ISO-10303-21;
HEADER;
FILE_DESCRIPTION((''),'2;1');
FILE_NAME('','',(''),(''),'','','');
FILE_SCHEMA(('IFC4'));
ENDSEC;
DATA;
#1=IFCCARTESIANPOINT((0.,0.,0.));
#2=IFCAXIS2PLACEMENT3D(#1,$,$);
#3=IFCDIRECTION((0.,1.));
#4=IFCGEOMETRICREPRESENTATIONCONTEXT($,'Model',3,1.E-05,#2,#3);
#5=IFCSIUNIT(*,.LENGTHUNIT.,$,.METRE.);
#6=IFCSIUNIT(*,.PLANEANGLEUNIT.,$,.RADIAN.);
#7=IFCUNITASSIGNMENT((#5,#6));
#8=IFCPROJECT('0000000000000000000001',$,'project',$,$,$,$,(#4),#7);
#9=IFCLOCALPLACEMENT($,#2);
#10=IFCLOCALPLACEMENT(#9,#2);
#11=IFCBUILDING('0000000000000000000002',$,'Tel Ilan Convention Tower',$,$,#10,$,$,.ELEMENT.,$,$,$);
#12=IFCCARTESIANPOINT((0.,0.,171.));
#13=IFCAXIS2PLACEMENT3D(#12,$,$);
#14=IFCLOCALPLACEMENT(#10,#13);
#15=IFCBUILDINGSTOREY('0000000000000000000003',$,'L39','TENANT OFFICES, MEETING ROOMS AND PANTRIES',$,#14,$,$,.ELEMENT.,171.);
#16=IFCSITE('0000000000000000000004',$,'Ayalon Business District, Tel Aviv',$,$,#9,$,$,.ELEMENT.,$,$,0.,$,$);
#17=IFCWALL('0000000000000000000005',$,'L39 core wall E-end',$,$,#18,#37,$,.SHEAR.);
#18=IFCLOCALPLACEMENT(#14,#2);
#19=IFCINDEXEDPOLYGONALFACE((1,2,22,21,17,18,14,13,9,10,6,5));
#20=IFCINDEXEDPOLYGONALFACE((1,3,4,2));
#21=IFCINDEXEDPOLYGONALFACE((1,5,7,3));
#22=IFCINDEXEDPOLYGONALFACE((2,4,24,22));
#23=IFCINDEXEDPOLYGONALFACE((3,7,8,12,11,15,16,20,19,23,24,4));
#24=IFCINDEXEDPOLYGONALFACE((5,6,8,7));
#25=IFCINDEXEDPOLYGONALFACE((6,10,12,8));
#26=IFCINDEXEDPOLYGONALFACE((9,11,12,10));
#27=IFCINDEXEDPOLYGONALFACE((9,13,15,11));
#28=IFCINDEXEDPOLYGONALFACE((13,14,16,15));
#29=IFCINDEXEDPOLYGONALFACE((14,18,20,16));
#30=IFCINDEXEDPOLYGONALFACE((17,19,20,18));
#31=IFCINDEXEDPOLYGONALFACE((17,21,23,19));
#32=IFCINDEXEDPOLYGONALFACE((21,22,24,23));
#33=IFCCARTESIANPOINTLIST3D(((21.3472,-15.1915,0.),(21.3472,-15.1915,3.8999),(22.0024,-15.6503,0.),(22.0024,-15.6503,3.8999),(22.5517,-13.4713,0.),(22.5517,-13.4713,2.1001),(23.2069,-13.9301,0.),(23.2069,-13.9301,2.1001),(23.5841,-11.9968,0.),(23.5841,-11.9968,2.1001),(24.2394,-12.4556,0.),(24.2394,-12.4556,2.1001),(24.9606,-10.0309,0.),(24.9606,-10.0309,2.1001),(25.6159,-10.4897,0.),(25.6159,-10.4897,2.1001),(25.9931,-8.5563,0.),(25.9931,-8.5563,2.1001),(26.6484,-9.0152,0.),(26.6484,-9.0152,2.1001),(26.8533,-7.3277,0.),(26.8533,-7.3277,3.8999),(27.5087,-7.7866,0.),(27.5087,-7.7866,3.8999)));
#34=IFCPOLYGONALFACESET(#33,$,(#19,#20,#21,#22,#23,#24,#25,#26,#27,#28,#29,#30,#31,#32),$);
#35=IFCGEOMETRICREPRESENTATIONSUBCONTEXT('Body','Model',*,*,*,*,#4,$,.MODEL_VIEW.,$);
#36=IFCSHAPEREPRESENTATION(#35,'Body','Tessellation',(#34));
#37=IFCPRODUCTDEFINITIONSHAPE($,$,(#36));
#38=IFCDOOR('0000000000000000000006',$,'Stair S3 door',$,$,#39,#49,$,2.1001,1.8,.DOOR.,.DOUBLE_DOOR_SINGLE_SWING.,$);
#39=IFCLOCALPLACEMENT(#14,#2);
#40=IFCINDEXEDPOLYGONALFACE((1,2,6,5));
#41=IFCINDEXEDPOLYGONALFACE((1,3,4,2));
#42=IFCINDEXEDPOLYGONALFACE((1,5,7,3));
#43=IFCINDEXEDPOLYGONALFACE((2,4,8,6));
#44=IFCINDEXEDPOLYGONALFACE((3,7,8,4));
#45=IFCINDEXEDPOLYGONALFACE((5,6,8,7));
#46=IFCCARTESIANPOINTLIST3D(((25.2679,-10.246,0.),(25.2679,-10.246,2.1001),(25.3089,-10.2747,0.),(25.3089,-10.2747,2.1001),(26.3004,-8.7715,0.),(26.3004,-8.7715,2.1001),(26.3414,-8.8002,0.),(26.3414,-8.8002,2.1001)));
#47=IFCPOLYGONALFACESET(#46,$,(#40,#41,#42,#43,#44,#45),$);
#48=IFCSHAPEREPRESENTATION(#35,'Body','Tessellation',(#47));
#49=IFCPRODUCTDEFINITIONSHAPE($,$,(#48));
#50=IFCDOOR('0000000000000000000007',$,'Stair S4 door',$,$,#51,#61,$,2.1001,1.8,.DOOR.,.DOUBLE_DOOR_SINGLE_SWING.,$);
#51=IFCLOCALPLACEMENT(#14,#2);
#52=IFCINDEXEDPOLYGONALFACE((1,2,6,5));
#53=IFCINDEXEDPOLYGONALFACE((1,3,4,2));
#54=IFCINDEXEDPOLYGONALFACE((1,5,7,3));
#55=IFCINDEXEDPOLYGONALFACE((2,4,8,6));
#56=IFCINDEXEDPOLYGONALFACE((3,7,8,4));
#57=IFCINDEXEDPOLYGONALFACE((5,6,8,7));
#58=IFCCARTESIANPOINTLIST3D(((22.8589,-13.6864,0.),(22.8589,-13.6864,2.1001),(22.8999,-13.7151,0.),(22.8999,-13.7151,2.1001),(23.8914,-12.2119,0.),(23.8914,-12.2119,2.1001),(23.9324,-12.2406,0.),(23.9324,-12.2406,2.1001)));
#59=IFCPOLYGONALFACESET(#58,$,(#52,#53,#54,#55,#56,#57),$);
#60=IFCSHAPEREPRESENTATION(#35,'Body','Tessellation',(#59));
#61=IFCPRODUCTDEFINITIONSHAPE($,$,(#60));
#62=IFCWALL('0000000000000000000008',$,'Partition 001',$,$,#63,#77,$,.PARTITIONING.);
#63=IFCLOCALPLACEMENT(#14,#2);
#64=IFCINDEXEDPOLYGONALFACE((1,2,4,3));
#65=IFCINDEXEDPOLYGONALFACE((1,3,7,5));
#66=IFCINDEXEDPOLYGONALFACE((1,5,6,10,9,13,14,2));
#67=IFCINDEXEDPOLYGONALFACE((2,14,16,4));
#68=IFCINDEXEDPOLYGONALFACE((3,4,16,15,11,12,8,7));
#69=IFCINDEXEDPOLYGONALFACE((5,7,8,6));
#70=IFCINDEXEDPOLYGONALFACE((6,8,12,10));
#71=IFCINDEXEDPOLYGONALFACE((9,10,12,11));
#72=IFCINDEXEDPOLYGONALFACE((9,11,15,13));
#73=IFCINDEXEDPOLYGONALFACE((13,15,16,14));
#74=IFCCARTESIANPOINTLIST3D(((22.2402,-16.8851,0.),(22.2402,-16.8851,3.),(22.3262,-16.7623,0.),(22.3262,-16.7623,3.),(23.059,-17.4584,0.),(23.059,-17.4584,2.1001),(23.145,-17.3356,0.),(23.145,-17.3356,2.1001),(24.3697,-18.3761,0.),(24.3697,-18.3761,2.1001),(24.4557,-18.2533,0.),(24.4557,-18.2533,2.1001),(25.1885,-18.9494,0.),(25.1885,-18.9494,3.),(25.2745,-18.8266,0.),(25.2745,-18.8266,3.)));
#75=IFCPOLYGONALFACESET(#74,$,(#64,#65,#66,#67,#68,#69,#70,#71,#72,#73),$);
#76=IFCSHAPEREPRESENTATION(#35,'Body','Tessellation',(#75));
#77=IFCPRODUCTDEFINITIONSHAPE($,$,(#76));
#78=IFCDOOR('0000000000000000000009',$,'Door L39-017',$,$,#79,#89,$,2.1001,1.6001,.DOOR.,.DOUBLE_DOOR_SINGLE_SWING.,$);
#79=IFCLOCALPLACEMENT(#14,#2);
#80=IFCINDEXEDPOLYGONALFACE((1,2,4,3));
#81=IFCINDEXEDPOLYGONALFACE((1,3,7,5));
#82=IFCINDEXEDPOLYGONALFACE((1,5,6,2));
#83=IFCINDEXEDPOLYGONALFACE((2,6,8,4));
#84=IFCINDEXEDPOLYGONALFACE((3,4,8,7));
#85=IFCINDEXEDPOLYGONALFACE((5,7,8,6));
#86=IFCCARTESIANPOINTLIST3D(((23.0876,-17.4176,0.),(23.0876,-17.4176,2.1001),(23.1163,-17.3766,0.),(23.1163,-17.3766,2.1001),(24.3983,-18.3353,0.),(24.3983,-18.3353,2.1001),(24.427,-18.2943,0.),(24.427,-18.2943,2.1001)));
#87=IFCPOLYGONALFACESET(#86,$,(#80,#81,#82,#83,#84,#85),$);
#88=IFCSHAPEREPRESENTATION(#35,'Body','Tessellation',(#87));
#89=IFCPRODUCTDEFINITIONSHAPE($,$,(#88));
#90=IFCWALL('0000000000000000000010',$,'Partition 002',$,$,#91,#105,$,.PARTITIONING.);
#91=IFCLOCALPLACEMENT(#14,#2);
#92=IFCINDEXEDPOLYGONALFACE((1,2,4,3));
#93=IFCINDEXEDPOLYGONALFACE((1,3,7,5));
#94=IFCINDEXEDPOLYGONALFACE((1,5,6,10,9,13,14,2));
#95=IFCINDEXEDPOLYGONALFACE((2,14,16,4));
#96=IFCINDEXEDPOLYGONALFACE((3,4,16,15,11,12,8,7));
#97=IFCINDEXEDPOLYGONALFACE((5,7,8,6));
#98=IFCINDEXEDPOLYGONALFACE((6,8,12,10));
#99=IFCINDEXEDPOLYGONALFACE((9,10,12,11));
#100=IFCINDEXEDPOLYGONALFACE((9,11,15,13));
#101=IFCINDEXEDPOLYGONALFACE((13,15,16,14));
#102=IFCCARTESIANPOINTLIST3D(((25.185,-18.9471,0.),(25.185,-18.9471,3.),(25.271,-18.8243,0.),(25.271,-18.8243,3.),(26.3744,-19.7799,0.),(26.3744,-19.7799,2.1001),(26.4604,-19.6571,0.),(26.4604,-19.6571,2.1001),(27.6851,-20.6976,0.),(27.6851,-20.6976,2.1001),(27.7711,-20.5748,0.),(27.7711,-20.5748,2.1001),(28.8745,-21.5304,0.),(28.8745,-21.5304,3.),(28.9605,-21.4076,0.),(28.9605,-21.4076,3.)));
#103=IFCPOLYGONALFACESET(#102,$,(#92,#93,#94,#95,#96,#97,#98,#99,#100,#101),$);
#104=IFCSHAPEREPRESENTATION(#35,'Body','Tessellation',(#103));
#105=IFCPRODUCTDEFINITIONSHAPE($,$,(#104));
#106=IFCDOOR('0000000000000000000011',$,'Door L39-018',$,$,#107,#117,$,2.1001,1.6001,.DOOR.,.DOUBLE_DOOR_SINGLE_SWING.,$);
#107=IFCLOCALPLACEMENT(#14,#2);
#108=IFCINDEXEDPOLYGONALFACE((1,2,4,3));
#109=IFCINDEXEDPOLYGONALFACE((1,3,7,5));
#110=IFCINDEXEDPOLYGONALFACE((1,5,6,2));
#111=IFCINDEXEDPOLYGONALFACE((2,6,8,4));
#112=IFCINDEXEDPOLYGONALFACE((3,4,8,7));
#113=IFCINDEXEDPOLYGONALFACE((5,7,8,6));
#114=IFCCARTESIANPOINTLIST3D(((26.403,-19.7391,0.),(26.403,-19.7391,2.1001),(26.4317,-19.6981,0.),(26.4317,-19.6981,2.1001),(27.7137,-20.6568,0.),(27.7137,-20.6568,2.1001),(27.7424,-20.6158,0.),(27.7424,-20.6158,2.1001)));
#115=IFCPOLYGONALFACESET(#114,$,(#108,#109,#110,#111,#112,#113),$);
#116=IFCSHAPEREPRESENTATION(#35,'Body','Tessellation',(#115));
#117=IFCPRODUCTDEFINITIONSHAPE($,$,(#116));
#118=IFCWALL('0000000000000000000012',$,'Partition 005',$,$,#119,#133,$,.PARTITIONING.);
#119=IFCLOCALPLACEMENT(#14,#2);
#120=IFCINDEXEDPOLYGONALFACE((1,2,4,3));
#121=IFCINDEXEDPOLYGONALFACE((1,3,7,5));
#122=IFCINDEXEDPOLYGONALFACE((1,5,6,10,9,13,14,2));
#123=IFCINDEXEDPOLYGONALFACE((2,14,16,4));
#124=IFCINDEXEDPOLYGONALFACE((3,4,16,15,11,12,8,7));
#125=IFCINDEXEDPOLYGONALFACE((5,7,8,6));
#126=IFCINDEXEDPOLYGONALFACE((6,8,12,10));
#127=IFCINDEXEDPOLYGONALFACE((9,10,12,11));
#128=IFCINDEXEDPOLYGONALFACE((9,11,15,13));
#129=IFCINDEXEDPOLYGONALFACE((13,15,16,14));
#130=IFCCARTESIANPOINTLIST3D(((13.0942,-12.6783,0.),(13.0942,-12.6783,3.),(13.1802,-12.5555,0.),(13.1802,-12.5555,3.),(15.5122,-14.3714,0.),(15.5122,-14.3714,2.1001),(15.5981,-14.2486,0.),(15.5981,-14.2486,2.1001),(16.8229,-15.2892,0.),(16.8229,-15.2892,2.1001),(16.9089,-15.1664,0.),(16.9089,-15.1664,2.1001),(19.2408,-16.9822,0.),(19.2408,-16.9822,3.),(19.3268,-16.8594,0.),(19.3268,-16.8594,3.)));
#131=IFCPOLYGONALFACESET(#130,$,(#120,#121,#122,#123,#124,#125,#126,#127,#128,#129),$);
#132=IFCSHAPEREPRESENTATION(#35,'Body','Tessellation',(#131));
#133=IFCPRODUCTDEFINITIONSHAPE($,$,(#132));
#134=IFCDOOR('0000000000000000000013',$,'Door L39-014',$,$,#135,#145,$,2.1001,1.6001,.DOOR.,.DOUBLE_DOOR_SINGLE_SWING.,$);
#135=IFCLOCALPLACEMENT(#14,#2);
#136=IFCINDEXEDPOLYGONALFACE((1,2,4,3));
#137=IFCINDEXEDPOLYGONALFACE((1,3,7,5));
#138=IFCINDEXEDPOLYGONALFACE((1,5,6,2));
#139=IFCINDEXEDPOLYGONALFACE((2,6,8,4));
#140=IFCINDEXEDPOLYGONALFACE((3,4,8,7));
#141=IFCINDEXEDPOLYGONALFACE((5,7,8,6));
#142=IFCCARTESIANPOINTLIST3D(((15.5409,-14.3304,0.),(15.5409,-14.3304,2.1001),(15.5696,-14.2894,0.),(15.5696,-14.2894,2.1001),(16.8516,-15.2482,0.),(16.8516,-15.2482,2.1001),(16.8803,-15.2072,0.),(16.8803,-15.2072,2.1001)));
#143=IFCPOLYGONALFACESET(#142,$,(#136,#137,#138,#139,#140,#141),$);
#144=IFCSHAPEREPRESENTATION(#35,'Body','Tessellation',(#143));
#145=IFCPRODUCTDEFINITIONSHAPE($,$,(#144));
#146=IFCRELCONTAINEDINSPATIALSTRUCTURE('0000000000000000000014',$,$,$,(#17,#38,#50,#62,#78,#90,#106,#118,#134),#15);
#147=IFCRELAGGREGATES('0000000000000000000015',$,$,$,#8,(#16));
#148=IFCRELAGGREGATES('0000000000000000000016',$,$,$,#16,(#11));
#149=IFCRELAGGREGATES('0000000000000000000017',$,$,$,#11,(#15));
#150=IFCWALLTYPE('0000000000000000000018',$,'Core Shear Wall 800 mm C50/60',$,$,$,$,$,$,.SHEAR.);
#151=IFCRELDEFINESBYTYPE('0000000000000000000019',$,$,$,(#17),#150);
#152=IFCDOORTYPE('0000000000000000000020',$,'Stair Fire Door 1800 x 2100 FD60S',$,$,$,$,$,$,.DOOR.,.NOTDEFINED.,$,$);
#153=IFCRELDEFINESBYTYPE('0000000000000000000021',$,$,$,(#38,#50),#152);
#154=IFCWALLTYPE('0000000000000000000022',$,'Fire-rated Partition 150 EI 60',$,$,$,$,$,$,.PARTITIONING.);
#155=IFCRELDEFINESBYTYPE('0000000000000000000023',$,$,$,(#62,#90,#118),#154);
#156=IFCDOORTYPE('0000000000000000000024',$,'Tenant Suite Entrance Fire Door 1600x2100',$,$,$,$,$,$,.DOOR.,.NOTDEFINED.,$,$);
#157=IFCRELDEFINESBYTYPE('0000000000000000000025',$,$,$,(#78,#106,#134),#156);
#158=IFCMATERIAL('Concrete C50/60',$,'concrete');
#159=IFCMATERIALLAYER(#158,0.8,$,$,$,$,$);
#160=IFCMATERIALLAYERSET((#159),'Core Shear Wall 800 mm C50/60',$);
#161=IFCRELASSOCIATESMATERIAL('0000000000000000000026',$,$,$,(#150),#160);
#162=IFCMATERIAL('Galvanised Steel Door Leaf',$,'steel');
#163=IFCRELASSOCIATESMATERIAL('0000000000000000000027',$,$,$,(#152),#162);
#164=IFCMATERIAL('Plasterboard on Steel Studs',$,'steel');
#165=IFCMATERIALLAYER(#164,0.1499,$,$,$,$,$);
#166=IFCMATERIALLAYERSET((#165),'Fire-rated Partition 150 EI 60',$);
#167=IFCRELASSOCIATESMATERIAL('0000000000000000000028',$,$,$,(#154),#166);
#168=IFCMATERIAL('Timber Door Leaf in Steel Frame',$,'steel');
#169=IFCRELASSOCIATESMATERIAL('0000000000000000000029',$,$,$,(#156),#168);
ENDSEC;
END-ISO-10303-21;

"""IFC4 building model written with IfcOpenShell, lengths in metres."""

from ifc_helpers import new_model, si_unit, direction, frame, frame_2d, origin, place, context, subcontext, project, spatial, polyline, rectangle, outline, extrude, material, layer, layer_set, type_object, element, fill, save


model = new_model("IFC4")

# Units and contexts
model_context = context("Model", 3, precision=1e-05, world=origin(), true_north=direction((0.0, 1.0)))
body_context = subcontext(model_context, "Body", "Model", "MODEL_VIEW")
ifc_project = project(units=[si_unit("LENGTHUNIT", "METRE"), si_unit("PLANEANGLEUNIT", "RADIAN")], contexts=[model_context])

# Site, building, storey
site_placement = place(None, origin())
site = spatial("IfcSite", under=ifc_project, at=site_placement, Name="Ayalon Business District, Tel Aviv", CompositionType="ELEMENT", RefElevation=0.0)
building_placement = place(site_placement, origin())
building = spatial("IfcBuilding", under=site, at=building_placement, Name="Tel Ilan Convention Tower", CompositionType="ELEMENT")
storey_placement = place(building_placement, frame((0.0, 0.0, 171.0)))
storey = spatial("IfcBuildingStorey", under=building, at=storey_placement, Name="L39", Description="TENANT OFFICES, MEETING ROOMS AND PANTRIES", CompositionType="ELEMENT", Elevation=171.0)

# Wall, openings, doors
ifc_material_1 = material(Name="Concrete C50/60", Category="concrete")
ifc_layer_1 = layer(ifc_material_1, 0.8)
ifc_layer_set_1 = layer_set([ifc_layer_1], Name="Core Shear Wall 800 mm C50/60")
wall_type_1 = type_object("IfcWallType", Name="Core Shear Wall 800 mm C50/60", PredefinedType="SHEAR", material=ifc_layer_set_1)
wall_1_placement = place(storey_placement, frame((21.6748, -15.4209, 0.0), z_axis=(0.0, 0.0, 1.0), x_axis=(0.573582, 0.819148, 0.0)))
wall_1 = element("IfcWall", 1, at=wall_1_placement, inside=storey, type_object=wall_type_1, Name="L39 core wall E-end", PredefinedType="SHEAR", context=body_context, shape_type="SweptSolid", body=[
    extrude(outline(polyline([(9.5999, 0.4001), (0.0, 0.3999), (0.0, -0.3999), (9.5999, -0.3999), (9.5999, 0.4001)])), origin(), (0.0, 0.0, 1.0), 3.8999),
])
opening_1_placement = place(wall_1_placement, frame((6.3, 0.0, 0.0)))
opening_1 = element("IfcOpeningElement", 2, at=opening_1_placement, cuts=wall_1, PredefinedType="OPENING", context=body_context, shape_type="SweptSolid", body=[
    extrude(rectangle(XDim=1.8, YDim=2.1001, at=frame_2d((0.8999, 1.05))), frame((0.0, 0.4099, 0.0), z_axis=(0.0, -1.0, 0.0), x_axis=(1.0, 0.0, 0.0)), (0.0, 0.0, 1.0), 0.8201),
])
opening_2_placement = place(wall_1_placement, frame((2.1001, 0.0, 0.0)))
opening_2 = element("IfcOpeningElement", 3, at=opening_2_placement, cuts=wall_1, PredefinedType="OPENING", context=body_context, shape_type="SweptSolid", body=[
    extrude(rectangle(XDim=1.8, YDim=2.1001, at=frame_2d((0.8999, 1.05))), frame((0.0, 0.4099, 0.0), z_axis=(0.0, -1.0, 0.0), x_axis=(1.0, 0.0, 0.0)), (0.0, 0.0, 1.0), 0.8201),
])
ifc_material_2 = material(Name="Galvanised Steel Door Leaf", Category="steel")
door_type_1 = type_object("IfcDoorType", Name="Stair Fire Door 1800 x 2100 FD60S", OperationType="NOTDEFINED", PredefinedType="DOOR", material=ifc_material_2)
door_1_placement = place(opening_1_placement, origin())
door_1 = element("IfcDoor", 4, at=door_1_placement, inside=storey, type_object=door_type_1, Name="Stair S3 door", OperationType="DOUBLE_DOOR_SINGLE_SWING", OverallHeight=2.1001, OverallWidth=1.8, PredefinedType="DOOR", context=body_context, shape_type="SweptSolid", body=[
    extrude(rectangle(XDim=1.8, YDim=2.1001, at=frame_2d((0.8999, 1.05))), frame((0.0, 0.0249, 0.0), z_axis=(0.0, -1.0, 0.0), x_axis=(1.0, 0.0, 0.0)), (0.0, 0.0, 1.0), 0.05),
])
fill(opening_1, door_1)
door_2_placement = place(opening_2_placement, origin())
door_2 = element("IfcDoor", 5, at=door_2_placement, inside=storey, type_object=door_type_1, Name="Stair S4 door", OperationType="DOUBLE_DOOR_SINGLE_SWING", OverallHeight=2.1001, OverallWidth=1.8, PredefinedType="DOOR", context=body_context, shape_type="SweptSolid", body=[
    extrude(rectangle(XDim=1.8, YDim=2.1001, at=frame_2d((0.8999, 1.05))), frame((0.0, 0.0249, 0.0), z_axis=(0.0, -1.0, 0.0), x_axis=(1.0, 0.0, 0.0)), (0.0, 0.0, 1.0), 0.05),
])
fill(opening_2, door_2)

# Walls, openings, doors
ifc_material_3 = material(Name="Plasterboard on Steel Studs", Category="steel")
ifc_layer_2 = layer(ifc_material_3, 0.1499)
ifc_layer_set_2 = layer_set([ifc_layer_2], Name="Fire-rated Partition 150 EI 60")
wall_type_2 = type_object("IfcWallType", Name="Fire-rated Partition 150 EI 60", PredefinedType="PARTITIONING", material=ifc_layer_set_2)
wall_2_placement = place(storey_placement, frame((22.2832, -16.8237, 0.0), z_axis=(0.0, 0.0, 1.0), x_axis=(0.819175, -0.573544, 0.0)))
wall_2 = element("IfcWall", 6, at=wall_2_placement, inside=storey, type_object=wall_type_2, Name="Partition 001", PredefinedType="PARTITIONING", context=body_context, shape_type="SweptSolid", body=[
    extrude(rectangle(XDim=3.5991, YDim=0.1499, at=frame_2d((1.7996, 0.0))), origin(), (0.0, 0.0, 1.0), 3.0),
])
opening_3_placement = place(wall_2_placement, frame((0.9995, 0.0, 0.0)))
opening_3 = element("IfcOpeningElement", 7, at=opening_3_placement, cuts=wall_2, PredefinedType="OPENING", context=body_context, shape_type="SweptSolid", body=[
    extrude(rectangle(XDim=1.6001, YDim=2.1001, at=frame_2d((0.8, 1.05))), frame((0.0, 0.085, 0.0), z_axis=(0.0, -1.0, 0.0), x_axis=(1.0, 0.0, 0.0)), (0.0, 0.0, 1.0), 0.1699),
])
ifc_material_4 = material(Name="Timber Door Leaf in Steel Frame", Category="steel")
door_type_2 = type_object("IfcDoorType", Name="Tenant Suite Entrance Fire Door 1600x2100", OperationType="NOTDEFINED", PredefinedType="DOOR", material=ifc_material_4)
door_3_placement = place(opening_3_placement, origin())
door_3 = element("IfcDoor", 8, at=door_3_placement, inside=storey, type_object=door_type_2, Name="Door L39-017", OperationType="DOUBLE_DOOR_SINGLE_SWING", OverallHeight=2.1001, OverallWidth=1.6001, PredefinedType="DOOR", context=body_context, shape_type="SweptSolid", body=[
    extrude(rectangle(XDim=1.6001, YDim=2.1001, at=frame_2d((0.8, 1.05))), frame((0.0, 0.0249, 0.0), z_axis=(0.0, -1.0, 0.0), x_axis=(1.0, 0.0, 0.0)), (0.0, 0.0, 1.0), 0.05),
])
fill(opening_3, door_3)
wall_3_placement = place(storey_placement, frame((25.228, -18.8857, 0.0), z_axis=(0.0, 0.0, 1.0), x_axis=(0.819166, -0.573557, 0.0)))
wall_3 = element("IfcWall", 9, at=wall_3_placement, inside=storey, type_object=wall_type_2, Name="Partition 002", PredefinedType="PARTITIONING", context=body_context, shape_type="SweptSolid", body=[
    extrude(rectangle(XDim=4.5039, YDim=0.1499, at=frame_2d((2.252, 0.0))), origin(), (0.0, 0.0, 1.0), 3.0),
])
opening_4_placement = place(wall_3_placement, frame((1.4519, 0.0, 0.0)))
opening_4 = element("IfcOpeningElement", 10, at=opening_4_placement, cuts=wall_3, PredefinedType="OPENING", context=body_context, shape_type="SweptSolid", body=[
    extrude(rectangle(XDim=1.6001, YDim=2.1001, at=frame_2d((0.8, 1.05))), frame((0.0, 0.085, 0.0), z_axis=(0.0, -1.0, 0.0), x_axis=(1.0, 0.0, 0.0)), (0.0, 0.0, 1.0), 0.1699),
])
door_4_placement = place(opening_4_placement, origin())
door_4 = element("IfcDoor", 11, at=door_4_placement, inside=storey, type_object=door_type_2, Name="Door L39-018", OperationType="DOUBLE_DOOR_SINGLE_SWING", OverallHeight=2.1001, OverallWidth=1.6001, PredefinedType="DOOR", context=body_context, shape_type="SweptSolid", body=[
    extrude(rectangle(XDim=1.6001, YDim=2.1001, at=frame_2d((0.8, 1.05))), frame((0.0, 0.0249, 0.0), z_axis=(0.0, -1.0, 0.0), x_axis=(1.0, 0.0, 0.0)), (0.0, 0.0, 1.0), 0.05),
])
fill(opening_4, door_4)
wall_4_placement = place(storey_placement, frame((19.2839, -16.9209, 0.0), z_axis=(0.0, 0.0, 1.0), x_axis=(-0.819154, 0.573574, 0.0)))
wall_4 = element("IfcWall", 12, at=wall_4_placement, inside=storey, type_object=wall_type_2, Name="Partition 005", PredefinedType="PARTITIONING", context=body_context, shape_type="SweptSolid", body=[
    extrude(rectangle(XDim=7.5037, YDim=0.1499, at=frame_2d((3.752, 0.0))), origin(), (0.0, 0.0, 1.0), 3.0),
])
opening_5_placement = place(wall_4_placement, frame((2.9519, 0.0, 0.0)))
opening_5 = element("IfcOpeningElement", 13, at=opening_5_placement, cuts=wall_4, PredefinedType="OPENING", context=body_context, shape_type="SweptSolid", body=[
    extrude(rectangle(XDim=1.6001, YDim=2.1001, at=frame_2d((0.8, 1.05))), frame((0.0, 0.085, 0.0), z_axis=(0.0, -1.0, 0.0), x_axis=(1.0, 0.0, 0.0)), (0.0, 0.0, 1.0), 0.1699),
])
door_5_placement = place(opening_5_placement, origin())
door_5 = element("IfcDoor", 14, at=door_5_placement, inside=storey, type_object=door_type_2, Name="Door L39-014", OperationType="DOUBLE_DOOR_SINGLE_SWING", OverallHeight=2.1001, OverallWidth=1.6001, PredefinedType="DOOR", context=body_context, shape_type="SweptSolid", body=[
    extrude(rectangle(XDim=1.6001, YDim=2.1001, at=frame_2d((0.8, 1.05))), frame((0.0, 0.0249, 0.0), z_axis=(0.0, -1.0, 0.0), x_axis=(1.0, 0.0, 0.0)), (0.0, 0.0, 1.0), 0.05),
])
fill(opening_5, door_5)

save(model, "model.ifc")
